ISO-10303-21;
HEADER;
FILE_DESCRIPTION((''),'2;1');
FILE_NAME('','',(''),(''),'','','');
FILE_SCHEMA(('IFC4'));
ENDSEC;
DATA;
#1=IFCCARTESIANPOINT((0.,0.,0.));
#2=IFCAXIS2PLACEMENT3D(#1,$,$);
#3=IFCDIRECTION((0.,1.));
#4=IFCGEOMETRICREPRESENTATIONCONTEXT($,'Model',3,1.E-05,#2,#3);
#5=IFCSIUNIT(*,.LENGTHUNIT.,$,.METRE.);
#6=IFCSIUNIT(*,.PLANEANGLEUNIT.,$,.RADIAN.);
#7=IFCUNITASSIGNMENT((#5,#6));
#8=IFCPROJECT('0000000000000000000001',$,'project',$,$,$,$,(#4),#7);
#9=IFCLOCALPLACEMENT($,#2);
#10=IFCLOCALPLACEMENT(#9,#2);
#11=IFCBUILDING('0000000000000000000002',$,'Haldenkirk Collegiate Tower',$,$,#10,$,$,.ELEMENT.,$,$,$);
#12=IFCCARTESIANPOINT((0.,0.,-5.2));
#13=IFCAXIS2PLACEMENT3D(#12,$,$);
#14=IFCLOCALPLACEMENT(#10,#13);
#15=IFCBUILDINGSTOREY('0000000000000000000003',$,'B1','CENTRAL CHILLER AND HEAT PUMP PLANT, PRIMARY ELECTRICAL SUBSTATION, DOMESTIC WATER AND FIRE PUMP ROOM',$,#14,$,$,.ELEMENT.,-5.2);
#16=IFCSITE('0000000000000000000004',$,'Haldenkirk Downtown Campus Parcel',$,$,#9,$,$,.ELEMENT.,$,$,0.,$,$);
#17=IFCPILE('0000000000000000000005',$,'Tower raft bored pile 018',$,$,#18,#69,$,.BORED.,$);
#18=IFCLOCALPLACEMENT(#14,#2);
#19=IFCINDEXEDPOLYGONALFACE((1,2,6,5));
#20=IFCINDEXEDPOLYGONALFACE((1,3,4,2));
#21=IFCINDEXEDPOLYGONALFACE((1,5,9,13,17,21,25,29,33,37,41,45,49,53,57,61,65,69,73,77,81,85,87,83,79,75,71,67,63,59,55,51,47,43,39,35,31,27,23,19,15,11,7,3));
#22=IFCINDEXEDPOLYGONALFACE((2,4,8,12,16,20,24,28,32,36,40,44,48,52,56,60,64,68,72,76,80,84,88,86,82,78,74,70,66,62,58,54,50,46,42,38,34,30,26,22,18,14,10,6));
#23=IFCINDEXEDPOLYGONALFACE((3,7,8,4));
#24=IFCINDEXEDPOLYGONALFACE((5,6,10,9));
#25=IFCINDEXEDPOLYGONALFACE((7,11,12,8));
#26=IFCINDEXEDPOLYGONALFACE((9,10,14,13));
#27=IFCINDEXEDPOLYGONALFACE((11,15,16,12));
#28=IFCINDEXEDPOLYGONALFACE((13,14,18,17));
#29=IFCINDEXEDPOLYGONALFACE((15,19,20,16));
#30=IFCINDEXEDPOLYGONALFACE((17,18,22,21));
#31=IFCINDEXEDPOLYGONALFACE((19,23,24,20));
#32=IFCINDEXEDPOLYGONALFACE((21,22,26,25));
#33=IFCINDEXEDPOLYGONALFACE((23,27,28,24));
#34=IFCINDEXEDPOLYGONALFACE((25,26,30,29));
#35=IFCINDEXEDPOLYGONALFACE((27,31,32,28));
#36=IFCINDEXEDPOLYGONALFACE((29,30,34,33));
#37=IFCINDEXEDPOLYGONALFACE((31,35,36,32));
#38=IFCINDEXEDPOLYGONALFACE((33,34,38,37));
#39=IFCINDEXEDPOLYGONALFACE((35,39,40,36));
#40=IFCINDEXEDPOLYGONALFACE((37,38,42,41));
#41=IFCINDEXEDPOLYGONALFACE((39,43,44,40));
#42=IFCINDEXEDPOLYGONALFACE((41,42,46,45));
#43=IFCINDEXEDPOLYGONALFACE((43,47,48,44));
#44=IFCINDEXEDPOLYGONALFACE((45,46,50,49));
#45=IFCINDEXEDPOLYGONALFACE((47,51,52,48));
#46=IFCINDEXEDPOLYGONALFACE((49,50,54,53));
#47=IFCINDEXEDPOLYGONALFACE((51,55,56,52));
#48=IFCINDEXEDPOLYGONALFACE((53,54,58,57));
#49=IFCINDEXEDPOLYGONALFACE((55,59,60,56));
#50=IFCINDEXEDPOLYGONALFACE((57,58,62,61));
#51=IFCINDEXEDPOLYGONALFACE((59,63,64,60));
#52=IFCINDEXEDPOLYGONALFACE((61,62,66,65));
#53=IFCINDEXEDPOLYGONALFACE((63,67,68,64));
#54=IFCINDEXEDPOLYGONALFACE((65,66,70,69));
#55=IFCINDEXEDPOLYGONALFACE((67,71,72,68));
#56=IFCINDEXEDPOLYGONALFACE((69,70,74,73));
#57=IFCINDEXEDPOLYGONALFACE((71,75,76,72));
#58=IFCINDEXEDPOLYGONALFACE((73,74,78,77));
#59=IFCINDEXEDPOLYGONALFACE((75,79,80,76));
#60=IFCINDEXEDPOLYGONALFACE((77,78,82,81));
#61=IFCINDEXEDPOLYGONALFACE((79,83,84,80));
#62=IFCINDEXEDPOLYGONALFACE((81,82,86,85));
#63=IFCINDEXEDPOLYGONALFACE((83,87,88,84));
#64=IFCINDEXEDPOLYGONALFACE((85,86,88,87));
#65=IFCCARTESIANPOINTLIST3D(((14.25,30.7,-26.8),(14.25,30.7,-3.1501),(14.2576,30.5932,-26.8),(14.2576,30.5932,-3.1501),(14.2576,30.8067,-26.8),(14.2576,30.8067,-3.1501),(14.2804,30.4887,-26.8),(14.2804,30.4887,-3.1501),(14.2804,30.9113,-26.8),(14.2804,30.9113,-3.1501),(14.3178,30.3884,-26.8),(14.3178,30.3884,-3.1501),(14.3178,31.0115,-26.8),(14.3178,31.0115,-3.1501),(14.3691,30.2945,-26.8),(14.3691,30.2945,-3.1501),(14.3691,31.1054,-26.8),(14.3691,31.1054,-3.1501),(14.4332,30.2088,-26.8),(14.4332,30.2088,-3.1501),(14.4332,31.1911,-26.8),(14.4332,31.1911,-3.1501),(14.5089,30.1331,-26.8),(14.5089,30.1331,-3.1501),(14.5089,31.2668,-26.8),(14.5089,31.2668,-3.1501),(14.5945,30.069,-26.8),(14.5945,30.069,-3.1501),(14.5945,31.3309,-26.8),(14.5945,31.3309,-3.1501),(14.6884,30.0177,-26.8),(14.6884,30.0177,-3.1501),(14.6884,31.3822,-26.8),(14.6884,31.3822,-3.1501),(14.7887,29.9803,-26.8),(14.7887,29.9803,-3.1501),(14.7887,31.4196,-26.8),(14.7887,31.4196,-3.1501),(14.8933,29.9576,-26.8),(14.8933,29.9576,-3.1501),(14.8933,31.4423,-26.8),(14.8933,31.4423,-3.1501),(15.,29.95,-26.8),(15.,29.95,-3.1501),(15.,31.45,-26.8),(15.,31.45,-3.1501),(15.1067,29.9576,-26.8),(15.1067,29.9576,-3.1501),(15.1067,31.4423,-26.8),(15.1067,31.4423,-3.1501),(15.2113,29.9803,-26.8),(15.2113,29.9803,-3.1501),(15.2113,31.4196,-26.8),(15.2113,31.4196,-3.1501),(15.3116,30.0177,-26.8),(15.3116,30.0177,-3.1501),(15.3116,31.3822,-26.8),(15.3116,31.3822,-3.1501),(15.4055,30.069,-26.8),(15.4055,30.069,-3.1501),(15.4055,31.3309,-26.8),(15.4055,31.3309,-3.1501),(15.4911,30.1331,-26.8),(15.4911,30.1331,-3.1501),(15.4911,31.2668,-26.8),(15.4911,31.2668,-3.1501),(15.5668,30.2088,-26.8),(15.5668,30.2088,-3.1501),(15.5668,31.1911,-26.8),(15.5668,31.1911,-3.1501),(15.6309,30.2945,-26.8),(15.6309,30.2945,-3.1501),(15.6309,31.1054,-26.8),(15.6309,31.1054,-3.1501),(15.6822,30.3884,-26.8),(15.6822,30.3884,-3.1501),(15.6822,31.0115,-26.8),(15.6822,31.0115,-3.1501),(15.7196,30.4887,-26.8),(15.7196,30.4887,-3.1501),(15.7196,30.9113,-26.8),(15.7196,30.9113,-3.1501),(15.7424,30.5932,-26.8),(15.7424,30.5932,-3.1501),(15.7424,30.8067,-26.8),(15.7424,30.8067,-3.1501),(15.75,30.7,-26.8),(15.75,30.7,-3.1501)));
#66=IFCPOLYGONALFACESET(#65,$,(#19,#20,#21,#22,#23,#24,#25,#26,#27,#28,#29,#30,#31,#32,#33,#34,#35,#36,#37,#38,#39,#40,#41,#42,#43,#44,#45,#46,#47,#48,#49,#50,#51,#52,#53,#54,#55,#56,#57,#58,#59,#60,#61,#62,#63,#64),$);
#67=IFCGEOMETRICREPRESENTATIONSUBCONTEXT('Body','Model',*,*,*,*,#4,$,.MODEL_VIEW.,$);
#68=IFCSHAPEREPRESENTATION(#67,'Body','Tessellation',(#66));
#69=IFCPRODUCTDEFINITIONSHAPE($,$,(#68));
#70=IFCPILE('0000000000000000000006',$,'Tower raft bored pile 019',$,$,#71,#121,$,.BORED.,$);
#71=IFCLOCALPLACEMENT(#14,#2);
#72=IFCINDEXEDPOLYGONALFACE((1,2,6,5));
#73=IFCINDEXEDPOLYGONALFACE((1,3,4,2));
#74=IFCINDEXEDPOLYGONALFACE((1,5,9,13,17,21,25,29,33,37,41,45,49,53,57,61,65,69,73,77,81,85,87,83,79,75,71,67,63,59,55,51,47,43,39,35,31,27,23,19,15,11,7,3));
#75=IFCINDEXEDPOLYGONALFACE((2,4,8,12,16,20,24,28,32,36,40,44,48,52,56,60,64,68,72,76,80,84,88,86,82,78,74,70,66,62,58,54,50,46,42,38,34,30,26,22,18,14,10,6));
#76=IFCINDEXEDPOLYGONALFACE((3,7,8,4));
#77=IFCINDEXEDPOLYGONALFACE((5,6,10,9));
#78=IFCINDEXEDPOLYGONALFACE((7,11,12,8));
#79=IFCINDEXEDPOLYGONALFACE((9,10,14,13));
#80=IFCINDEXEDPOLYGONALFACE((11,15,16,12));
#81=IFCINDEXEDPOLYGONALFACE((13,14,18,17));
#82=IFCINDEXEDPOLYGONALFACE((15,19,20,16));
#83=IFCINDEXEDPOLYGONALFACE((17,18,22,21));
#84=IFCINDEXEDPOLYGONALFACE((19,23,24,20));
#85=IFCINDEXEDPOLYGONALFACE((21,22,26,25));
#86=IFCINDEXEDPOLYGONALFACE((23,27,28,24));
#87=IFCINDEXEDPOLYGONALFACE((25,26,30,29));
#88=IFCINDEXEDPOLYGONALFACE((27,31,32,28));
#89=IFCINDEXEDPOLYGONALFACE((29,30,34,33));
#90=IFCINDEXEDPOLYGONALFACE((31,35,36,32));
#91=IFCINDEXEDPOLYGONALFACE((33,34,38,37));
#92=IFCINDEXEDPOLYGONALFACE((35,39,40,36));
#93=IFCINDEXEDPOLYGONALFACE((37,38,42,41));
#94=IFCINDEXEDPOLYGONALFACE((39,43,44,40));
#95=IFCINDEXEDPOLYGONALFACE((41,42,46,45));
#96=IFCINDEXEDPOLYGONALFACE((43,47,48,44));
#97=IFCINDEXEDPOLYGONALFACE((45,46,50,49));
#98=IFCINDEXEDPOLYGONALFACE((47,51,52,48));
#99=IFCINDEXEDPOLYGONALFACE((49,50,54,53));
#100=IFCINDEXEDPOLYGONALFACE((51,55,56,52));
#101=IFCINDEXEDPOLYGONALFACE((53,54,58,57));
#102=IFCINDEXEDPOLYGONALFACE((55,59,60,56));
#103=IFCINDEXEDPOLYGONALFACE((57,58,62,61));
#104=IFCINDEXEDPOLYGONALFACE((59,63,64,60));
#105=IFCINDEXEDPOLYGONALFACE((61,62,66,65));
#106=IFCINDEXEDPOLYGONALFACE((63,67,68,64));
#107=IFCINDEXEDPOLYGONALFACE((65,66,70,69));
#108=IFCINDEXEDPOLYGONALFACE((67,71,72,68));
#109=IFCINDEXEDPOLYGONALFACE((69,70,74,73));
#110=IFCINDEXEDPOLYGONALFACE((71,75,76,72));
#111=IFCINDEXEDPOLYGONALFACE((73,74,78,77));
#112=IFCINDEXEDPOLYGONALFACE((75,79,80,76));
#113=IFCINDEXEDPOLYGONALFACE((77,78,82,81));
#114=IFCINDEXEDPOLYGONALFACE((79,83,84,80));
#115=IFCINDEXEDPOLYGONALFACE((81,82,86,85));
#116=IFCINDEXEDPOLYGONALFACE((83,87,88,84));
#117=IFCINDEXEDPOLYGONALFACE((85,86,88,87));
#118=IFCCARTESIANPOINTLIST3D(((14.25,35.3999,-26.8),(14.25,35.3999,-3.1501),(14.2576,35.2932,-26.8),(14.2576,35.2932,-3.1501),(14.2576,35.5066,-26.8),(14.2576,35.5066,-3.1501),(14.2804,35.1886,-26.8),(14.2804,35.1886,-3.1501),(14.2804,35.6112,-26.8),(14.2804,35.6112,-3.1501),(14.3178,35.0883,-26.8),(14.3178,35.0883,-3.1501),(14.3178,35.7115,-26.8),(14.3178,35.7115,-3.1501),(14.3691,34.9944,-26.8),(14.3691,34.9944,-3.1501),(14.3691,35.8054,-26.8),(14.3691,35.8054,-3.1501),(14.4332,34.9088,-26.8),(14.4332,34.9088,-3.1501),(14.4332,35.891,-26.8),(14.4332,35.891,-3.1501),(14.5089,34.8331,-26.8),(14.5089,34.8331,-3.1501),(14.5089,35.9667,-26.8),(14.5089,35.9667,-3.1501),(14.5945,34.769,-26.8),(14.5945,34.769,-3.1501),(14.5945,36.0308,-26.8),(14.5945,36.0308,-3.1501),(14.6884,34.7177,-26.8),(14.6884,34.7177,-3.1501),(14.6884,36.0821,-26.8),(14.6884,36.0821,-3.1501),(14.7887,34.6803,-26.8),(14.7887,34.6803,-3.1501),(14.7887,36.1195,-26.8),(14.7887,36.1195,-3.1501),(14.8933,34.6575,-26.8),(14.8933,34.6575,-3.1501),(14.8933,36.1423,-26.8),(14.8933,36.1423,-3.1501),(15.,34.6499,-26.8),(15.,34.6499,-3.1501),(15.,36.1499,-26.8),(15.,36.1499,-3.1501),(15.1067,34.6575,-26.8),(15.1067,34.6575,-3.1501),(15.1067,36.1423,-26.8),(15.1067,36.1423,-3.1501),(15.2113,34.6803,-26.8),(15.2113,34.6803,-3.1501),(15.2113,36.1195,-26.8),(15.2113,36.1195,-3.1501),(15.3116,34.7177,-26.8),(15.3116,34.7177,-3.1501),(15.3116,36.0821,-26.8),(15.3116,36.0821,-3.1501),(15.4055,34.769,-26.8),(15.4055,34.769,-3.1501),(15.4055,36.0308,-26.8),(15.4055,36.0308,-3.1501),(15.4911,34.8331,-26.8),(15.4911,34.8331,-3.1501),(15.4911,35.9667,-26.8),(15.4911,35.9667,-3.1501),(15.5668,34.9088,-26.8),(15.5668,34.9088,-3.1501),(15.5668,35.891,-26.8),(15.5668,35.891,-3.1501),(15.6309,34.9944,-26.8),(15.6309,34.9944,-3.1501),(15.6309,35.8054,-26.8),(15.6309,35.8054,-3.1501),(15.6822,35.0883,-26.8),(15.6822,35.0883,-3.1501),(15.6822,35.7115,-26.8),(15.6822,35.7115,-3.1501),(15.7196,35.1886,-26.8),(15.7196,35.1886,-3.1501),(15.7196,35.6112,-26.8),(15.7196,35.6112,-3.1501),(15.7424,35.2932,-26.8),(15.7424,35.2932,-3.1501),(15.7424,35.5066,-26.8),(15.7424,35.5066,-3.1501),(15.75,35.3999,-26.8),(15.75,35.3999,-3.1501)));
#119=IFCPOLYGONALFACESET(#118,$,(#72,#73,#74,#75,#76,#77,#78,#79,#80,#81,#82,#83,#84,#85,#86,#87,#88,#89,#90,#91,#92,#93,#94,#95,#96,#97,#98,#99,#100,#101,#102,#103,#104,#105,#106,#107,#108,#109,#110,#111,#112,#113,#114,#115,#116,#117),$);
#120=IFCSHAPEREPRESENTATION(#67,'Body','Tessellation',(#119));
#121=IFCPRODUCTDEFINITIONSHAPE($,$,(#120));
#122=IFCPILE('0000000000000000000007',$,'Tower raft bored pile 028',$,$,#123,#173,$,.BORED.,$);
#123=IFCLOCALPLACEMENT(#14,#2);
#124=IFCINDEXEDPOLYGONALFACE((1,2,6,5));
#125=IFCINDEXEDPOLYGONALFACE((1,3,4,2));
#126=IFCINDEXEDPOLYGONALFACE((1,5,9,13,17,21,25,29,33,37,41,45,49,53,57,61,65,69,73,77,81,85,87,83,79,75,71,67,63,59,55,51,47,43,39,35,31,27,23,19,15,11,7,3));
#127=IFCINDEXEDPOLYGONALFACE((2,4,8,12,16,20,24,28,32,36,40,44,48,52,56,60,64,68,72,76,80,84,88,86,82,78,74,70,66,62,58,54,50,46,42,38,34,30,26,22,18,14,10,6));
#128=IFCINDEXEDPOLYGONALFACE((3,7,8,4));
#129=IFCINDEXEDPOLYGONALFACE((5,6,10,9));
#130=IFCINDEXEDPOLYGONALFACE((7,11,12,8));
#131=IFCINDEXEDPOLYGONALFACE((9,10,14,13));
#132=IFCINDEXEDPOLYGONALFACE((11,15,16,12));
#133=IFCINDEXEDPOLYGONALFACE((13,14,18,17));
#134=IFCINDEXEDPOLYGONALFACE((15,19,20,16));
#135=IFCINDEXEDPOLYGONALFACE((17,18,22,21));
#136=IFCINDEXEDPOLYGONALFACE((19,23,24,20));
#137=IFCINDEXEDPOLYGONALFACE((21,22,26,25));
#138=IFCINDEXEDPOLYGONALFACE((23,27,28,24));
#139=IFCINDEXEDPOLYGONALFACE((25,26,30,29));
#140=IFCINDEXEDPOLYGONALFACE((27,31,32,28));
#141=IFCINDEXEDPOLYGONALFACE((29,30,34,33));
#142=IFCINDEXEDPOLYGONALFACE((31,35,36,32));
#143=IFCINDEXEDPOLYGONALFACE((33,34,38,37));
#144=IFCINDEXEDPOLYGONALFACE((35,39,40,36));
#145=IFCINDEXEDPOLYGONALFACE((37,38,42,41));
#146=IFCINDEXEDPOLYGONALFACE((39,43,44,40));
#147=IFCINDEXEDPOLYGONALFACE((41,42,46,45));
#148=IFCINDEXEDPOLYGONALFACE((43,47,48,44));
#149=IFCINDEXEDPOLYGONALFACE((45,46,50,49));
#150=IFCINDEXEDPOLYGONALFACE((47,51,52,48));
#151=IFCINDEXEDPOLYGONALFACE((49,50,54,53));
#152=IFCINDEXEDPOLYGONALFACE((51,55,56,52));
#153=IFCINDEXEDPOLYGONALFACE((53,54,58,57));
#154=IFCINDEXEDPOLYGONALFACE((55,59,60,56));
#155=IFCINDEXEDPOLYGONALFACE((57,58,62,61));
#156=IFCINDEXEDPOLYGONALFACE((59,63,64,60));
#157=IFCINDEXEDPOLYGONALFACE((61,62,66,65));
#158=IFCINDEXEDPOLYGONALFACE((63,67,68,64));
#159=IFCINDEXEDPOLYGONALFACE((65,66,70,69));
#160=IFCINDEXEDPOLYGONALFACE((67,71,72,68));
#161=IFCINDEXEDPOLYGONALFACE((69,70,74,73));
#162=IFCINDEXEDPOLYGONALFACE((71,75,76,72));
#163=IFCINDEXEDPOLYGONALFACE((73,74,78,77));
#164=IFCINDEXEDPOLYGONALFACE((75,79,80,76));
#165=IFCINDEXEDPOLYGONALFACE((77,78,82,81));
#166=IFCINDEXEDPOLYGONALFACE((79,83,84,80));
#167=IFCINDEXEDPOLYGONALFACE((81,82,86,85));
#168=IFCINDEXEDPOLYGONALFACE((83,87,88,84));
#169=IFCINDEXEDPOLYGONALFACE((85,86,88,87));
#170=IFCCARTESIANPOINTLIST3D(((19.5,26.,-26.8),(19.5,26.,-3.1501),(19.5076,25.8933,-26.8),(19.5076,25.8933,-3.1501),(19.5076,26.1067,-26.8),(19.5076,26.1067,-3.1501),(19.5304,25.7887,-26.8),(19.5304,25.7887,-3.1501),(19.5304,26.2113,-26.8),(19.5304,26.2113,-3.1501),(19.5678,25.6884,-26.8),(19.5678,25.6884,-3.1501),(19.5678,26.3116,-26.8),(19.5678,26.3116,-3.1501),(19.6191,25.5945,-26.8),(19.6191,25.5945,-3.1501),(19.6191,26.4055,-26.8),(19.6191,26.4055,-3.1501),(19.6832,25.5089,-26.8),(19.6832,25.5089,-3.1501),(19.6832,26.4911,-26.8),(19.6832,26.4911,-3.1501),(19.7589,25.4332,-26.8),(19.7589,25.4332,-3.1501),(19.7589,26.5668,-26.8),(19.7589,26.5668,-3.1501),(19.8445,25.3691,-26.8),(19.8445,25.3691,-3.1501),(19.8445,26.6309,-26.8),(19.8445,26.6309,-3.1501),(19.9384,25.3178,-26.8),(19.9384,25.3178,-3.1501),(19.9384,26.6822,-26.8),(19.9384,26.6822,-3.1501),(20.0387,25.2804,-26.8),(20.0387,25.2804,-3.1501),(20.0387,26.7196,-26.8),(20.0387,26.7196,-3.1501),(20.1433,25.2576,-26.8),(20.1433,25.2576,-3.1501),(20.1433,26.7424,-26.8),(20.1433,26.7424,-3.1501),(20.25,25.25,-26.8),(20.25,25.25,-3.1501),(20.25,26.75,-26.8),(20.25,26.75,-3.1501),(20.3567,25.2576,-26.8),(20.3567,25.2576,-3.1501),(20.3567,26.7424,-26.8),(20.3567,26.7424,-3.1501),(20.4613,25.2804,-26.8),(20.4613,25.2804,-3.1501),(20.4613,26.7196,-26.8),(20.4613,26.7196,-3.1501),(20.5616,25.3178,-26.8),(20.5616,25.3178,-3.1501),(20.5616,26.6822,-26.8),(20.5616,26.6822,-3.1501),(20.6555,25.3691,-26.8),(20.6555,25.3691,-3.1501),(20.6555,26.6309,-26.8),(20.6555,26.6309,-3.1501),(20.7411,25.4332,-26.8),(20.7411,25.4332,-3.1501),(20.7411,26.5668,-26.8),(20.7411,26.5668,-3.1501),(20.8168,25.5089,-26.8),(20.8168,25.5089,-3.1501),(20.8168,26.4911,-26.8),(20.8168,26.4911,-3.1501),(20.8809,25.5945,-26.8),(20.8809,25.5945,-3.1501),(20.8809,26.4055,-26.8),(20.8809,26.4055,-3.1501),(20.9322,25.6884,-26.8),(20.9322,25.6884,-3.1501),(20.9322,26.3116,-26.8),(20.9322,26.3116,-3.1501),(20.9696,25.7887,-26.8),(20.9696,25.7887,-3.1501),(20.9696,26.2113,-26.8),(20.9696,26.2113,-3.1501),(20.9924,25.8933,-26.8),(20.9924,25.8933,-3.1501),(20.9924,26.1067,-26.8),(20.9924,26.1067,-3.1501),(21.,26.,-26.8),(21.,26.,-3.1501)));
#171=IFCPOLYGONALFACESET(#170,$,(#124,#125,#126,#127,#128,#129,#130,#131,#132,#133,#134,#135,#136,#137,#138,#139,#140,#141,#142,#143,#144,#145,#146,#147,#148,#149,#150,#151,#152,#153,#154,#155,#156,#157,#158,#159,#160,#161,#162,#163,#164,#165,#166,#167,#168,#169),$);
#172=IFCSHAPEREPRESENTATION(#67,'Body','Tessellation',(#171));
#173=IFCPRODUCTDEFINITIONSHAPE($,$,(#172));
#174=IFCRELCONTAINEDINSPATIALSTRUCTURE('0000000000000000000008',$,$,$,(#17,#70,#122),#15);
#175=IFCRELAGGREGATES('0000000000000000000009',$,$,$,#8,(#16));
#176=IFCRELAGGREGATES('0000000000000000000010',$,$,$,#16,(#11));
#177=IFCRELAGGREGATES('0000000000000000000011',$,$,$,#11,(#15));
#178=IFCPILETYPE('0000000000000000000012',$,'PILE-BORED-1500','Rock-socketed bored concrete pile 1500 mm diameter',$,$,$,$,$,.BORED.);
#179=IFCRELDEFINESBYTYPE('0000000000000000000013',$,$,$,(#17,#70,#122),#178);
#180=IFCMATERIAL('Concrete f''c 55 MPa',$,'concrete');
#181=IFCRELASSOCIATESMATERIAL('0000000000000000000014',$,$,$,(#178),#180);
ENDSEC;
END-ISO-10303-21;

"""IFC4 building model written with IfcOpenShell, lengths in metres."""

from ifc_helpers import new_model, si_unit, direction, frame, origin, origin_2d, place, context, subcontext, project, spatial, circle, extrude, material, material_profile, profile_set, type_object, element, save


model = new_model("IFC4")

# Units and contexts
model_context = context("Model", 3, precision=1e-05, world=origin(), true_north=direction((0.0, 1.0)))
body_context = subcontext(model_context, "Body", "Model", "MODEL_VIEW")
ifc_project = project(units=[si_unit("LENGTHUNIT", "METRE"), si_unit("PLANEANGLEUNIT", "RADIAN")], contexts=[model_context])

# Site, building, storey
site_placement = place(None, origin())
site = spatial("IfcSite", under=ifc_project, at=site_placement, Name="Haldenkirk Downtown Campus Parcel", CompositionType="ELEMENT", RefElevation=0.0)
building_placement = place(site_placement, origin())
building = spatial("IfcBuilding", under=site, at=building_placement, Name="Haldenkirk Collegiate Tower", CompositionType="ELEMENT")
storey_placement = place(building_placement, frame((0.0, 0.0, -5.2)))
storey = spatial("IfcBuildingStorey", under=building, at=storey_placement, Name="B1", Description="CENTRAL CHILLER AND HEAT PUMP PLANT, PRIMARY ELECTRICAL SUBSTATION, DOMESTIC WATER AND FIRE PUMP ROOM", CompositionType="ELEMENT", Elevation=-5.2)

# Shared definitions
ifc_material_1 = material(Name="Concrete f'c 55 MPa", Category="concrete")

# Piles
ifc_material_profile_1 = material_profile(ifc_material_1, circle(Radius=0.75, at=origin_2d()), Name="PILE1500")
ifc_profile_set_1 = profile_set([ifc_material_profile_1], Name="Concrete f'c 55 MPa")
pile_type_1 = type_object("IfcPileType", Name="PILE-BORED-1500", Description="Rock-socketed bored concrete pile 1500 mm diameter", PredefinedType="BORED", material=ifc_profile_set_1)
for number, where, z_axis, x_axis, name in (
    (1, (15.0, 30.7, -3.1501), (0.0, 0.0, -1.0), (1.0, 0.0, 0.0), "Tower raft bored pile 018"),
    (2, (15.0, 35.3999, -3.1501), (0.0, 0.0, -1.0), (1.0, 0.0, 0.0), "Tower raft bored pile 019"),
    (3, (20.25, 26.0, -3.1501), (0.0, 0.0, -1.0), (1.0, 0.0, 0.0), "Tower raft bored pile 028"),
):
    element("IfcPile", number, at=place(storey_placement, frame(where, z_axis=z_axis, x_axis=x_axis)), inside=storey, type_object=pile_type_1, Name=name, PredefinedType="BORED", context=body_context, shape_type="SweptSolid", body=[
        extrude(circle(Radius=0.75, at=origin_2d()), origin(), (0.0, 0.0, 1.0), 23.6499),
    ])

save(model, "model.ifc")
